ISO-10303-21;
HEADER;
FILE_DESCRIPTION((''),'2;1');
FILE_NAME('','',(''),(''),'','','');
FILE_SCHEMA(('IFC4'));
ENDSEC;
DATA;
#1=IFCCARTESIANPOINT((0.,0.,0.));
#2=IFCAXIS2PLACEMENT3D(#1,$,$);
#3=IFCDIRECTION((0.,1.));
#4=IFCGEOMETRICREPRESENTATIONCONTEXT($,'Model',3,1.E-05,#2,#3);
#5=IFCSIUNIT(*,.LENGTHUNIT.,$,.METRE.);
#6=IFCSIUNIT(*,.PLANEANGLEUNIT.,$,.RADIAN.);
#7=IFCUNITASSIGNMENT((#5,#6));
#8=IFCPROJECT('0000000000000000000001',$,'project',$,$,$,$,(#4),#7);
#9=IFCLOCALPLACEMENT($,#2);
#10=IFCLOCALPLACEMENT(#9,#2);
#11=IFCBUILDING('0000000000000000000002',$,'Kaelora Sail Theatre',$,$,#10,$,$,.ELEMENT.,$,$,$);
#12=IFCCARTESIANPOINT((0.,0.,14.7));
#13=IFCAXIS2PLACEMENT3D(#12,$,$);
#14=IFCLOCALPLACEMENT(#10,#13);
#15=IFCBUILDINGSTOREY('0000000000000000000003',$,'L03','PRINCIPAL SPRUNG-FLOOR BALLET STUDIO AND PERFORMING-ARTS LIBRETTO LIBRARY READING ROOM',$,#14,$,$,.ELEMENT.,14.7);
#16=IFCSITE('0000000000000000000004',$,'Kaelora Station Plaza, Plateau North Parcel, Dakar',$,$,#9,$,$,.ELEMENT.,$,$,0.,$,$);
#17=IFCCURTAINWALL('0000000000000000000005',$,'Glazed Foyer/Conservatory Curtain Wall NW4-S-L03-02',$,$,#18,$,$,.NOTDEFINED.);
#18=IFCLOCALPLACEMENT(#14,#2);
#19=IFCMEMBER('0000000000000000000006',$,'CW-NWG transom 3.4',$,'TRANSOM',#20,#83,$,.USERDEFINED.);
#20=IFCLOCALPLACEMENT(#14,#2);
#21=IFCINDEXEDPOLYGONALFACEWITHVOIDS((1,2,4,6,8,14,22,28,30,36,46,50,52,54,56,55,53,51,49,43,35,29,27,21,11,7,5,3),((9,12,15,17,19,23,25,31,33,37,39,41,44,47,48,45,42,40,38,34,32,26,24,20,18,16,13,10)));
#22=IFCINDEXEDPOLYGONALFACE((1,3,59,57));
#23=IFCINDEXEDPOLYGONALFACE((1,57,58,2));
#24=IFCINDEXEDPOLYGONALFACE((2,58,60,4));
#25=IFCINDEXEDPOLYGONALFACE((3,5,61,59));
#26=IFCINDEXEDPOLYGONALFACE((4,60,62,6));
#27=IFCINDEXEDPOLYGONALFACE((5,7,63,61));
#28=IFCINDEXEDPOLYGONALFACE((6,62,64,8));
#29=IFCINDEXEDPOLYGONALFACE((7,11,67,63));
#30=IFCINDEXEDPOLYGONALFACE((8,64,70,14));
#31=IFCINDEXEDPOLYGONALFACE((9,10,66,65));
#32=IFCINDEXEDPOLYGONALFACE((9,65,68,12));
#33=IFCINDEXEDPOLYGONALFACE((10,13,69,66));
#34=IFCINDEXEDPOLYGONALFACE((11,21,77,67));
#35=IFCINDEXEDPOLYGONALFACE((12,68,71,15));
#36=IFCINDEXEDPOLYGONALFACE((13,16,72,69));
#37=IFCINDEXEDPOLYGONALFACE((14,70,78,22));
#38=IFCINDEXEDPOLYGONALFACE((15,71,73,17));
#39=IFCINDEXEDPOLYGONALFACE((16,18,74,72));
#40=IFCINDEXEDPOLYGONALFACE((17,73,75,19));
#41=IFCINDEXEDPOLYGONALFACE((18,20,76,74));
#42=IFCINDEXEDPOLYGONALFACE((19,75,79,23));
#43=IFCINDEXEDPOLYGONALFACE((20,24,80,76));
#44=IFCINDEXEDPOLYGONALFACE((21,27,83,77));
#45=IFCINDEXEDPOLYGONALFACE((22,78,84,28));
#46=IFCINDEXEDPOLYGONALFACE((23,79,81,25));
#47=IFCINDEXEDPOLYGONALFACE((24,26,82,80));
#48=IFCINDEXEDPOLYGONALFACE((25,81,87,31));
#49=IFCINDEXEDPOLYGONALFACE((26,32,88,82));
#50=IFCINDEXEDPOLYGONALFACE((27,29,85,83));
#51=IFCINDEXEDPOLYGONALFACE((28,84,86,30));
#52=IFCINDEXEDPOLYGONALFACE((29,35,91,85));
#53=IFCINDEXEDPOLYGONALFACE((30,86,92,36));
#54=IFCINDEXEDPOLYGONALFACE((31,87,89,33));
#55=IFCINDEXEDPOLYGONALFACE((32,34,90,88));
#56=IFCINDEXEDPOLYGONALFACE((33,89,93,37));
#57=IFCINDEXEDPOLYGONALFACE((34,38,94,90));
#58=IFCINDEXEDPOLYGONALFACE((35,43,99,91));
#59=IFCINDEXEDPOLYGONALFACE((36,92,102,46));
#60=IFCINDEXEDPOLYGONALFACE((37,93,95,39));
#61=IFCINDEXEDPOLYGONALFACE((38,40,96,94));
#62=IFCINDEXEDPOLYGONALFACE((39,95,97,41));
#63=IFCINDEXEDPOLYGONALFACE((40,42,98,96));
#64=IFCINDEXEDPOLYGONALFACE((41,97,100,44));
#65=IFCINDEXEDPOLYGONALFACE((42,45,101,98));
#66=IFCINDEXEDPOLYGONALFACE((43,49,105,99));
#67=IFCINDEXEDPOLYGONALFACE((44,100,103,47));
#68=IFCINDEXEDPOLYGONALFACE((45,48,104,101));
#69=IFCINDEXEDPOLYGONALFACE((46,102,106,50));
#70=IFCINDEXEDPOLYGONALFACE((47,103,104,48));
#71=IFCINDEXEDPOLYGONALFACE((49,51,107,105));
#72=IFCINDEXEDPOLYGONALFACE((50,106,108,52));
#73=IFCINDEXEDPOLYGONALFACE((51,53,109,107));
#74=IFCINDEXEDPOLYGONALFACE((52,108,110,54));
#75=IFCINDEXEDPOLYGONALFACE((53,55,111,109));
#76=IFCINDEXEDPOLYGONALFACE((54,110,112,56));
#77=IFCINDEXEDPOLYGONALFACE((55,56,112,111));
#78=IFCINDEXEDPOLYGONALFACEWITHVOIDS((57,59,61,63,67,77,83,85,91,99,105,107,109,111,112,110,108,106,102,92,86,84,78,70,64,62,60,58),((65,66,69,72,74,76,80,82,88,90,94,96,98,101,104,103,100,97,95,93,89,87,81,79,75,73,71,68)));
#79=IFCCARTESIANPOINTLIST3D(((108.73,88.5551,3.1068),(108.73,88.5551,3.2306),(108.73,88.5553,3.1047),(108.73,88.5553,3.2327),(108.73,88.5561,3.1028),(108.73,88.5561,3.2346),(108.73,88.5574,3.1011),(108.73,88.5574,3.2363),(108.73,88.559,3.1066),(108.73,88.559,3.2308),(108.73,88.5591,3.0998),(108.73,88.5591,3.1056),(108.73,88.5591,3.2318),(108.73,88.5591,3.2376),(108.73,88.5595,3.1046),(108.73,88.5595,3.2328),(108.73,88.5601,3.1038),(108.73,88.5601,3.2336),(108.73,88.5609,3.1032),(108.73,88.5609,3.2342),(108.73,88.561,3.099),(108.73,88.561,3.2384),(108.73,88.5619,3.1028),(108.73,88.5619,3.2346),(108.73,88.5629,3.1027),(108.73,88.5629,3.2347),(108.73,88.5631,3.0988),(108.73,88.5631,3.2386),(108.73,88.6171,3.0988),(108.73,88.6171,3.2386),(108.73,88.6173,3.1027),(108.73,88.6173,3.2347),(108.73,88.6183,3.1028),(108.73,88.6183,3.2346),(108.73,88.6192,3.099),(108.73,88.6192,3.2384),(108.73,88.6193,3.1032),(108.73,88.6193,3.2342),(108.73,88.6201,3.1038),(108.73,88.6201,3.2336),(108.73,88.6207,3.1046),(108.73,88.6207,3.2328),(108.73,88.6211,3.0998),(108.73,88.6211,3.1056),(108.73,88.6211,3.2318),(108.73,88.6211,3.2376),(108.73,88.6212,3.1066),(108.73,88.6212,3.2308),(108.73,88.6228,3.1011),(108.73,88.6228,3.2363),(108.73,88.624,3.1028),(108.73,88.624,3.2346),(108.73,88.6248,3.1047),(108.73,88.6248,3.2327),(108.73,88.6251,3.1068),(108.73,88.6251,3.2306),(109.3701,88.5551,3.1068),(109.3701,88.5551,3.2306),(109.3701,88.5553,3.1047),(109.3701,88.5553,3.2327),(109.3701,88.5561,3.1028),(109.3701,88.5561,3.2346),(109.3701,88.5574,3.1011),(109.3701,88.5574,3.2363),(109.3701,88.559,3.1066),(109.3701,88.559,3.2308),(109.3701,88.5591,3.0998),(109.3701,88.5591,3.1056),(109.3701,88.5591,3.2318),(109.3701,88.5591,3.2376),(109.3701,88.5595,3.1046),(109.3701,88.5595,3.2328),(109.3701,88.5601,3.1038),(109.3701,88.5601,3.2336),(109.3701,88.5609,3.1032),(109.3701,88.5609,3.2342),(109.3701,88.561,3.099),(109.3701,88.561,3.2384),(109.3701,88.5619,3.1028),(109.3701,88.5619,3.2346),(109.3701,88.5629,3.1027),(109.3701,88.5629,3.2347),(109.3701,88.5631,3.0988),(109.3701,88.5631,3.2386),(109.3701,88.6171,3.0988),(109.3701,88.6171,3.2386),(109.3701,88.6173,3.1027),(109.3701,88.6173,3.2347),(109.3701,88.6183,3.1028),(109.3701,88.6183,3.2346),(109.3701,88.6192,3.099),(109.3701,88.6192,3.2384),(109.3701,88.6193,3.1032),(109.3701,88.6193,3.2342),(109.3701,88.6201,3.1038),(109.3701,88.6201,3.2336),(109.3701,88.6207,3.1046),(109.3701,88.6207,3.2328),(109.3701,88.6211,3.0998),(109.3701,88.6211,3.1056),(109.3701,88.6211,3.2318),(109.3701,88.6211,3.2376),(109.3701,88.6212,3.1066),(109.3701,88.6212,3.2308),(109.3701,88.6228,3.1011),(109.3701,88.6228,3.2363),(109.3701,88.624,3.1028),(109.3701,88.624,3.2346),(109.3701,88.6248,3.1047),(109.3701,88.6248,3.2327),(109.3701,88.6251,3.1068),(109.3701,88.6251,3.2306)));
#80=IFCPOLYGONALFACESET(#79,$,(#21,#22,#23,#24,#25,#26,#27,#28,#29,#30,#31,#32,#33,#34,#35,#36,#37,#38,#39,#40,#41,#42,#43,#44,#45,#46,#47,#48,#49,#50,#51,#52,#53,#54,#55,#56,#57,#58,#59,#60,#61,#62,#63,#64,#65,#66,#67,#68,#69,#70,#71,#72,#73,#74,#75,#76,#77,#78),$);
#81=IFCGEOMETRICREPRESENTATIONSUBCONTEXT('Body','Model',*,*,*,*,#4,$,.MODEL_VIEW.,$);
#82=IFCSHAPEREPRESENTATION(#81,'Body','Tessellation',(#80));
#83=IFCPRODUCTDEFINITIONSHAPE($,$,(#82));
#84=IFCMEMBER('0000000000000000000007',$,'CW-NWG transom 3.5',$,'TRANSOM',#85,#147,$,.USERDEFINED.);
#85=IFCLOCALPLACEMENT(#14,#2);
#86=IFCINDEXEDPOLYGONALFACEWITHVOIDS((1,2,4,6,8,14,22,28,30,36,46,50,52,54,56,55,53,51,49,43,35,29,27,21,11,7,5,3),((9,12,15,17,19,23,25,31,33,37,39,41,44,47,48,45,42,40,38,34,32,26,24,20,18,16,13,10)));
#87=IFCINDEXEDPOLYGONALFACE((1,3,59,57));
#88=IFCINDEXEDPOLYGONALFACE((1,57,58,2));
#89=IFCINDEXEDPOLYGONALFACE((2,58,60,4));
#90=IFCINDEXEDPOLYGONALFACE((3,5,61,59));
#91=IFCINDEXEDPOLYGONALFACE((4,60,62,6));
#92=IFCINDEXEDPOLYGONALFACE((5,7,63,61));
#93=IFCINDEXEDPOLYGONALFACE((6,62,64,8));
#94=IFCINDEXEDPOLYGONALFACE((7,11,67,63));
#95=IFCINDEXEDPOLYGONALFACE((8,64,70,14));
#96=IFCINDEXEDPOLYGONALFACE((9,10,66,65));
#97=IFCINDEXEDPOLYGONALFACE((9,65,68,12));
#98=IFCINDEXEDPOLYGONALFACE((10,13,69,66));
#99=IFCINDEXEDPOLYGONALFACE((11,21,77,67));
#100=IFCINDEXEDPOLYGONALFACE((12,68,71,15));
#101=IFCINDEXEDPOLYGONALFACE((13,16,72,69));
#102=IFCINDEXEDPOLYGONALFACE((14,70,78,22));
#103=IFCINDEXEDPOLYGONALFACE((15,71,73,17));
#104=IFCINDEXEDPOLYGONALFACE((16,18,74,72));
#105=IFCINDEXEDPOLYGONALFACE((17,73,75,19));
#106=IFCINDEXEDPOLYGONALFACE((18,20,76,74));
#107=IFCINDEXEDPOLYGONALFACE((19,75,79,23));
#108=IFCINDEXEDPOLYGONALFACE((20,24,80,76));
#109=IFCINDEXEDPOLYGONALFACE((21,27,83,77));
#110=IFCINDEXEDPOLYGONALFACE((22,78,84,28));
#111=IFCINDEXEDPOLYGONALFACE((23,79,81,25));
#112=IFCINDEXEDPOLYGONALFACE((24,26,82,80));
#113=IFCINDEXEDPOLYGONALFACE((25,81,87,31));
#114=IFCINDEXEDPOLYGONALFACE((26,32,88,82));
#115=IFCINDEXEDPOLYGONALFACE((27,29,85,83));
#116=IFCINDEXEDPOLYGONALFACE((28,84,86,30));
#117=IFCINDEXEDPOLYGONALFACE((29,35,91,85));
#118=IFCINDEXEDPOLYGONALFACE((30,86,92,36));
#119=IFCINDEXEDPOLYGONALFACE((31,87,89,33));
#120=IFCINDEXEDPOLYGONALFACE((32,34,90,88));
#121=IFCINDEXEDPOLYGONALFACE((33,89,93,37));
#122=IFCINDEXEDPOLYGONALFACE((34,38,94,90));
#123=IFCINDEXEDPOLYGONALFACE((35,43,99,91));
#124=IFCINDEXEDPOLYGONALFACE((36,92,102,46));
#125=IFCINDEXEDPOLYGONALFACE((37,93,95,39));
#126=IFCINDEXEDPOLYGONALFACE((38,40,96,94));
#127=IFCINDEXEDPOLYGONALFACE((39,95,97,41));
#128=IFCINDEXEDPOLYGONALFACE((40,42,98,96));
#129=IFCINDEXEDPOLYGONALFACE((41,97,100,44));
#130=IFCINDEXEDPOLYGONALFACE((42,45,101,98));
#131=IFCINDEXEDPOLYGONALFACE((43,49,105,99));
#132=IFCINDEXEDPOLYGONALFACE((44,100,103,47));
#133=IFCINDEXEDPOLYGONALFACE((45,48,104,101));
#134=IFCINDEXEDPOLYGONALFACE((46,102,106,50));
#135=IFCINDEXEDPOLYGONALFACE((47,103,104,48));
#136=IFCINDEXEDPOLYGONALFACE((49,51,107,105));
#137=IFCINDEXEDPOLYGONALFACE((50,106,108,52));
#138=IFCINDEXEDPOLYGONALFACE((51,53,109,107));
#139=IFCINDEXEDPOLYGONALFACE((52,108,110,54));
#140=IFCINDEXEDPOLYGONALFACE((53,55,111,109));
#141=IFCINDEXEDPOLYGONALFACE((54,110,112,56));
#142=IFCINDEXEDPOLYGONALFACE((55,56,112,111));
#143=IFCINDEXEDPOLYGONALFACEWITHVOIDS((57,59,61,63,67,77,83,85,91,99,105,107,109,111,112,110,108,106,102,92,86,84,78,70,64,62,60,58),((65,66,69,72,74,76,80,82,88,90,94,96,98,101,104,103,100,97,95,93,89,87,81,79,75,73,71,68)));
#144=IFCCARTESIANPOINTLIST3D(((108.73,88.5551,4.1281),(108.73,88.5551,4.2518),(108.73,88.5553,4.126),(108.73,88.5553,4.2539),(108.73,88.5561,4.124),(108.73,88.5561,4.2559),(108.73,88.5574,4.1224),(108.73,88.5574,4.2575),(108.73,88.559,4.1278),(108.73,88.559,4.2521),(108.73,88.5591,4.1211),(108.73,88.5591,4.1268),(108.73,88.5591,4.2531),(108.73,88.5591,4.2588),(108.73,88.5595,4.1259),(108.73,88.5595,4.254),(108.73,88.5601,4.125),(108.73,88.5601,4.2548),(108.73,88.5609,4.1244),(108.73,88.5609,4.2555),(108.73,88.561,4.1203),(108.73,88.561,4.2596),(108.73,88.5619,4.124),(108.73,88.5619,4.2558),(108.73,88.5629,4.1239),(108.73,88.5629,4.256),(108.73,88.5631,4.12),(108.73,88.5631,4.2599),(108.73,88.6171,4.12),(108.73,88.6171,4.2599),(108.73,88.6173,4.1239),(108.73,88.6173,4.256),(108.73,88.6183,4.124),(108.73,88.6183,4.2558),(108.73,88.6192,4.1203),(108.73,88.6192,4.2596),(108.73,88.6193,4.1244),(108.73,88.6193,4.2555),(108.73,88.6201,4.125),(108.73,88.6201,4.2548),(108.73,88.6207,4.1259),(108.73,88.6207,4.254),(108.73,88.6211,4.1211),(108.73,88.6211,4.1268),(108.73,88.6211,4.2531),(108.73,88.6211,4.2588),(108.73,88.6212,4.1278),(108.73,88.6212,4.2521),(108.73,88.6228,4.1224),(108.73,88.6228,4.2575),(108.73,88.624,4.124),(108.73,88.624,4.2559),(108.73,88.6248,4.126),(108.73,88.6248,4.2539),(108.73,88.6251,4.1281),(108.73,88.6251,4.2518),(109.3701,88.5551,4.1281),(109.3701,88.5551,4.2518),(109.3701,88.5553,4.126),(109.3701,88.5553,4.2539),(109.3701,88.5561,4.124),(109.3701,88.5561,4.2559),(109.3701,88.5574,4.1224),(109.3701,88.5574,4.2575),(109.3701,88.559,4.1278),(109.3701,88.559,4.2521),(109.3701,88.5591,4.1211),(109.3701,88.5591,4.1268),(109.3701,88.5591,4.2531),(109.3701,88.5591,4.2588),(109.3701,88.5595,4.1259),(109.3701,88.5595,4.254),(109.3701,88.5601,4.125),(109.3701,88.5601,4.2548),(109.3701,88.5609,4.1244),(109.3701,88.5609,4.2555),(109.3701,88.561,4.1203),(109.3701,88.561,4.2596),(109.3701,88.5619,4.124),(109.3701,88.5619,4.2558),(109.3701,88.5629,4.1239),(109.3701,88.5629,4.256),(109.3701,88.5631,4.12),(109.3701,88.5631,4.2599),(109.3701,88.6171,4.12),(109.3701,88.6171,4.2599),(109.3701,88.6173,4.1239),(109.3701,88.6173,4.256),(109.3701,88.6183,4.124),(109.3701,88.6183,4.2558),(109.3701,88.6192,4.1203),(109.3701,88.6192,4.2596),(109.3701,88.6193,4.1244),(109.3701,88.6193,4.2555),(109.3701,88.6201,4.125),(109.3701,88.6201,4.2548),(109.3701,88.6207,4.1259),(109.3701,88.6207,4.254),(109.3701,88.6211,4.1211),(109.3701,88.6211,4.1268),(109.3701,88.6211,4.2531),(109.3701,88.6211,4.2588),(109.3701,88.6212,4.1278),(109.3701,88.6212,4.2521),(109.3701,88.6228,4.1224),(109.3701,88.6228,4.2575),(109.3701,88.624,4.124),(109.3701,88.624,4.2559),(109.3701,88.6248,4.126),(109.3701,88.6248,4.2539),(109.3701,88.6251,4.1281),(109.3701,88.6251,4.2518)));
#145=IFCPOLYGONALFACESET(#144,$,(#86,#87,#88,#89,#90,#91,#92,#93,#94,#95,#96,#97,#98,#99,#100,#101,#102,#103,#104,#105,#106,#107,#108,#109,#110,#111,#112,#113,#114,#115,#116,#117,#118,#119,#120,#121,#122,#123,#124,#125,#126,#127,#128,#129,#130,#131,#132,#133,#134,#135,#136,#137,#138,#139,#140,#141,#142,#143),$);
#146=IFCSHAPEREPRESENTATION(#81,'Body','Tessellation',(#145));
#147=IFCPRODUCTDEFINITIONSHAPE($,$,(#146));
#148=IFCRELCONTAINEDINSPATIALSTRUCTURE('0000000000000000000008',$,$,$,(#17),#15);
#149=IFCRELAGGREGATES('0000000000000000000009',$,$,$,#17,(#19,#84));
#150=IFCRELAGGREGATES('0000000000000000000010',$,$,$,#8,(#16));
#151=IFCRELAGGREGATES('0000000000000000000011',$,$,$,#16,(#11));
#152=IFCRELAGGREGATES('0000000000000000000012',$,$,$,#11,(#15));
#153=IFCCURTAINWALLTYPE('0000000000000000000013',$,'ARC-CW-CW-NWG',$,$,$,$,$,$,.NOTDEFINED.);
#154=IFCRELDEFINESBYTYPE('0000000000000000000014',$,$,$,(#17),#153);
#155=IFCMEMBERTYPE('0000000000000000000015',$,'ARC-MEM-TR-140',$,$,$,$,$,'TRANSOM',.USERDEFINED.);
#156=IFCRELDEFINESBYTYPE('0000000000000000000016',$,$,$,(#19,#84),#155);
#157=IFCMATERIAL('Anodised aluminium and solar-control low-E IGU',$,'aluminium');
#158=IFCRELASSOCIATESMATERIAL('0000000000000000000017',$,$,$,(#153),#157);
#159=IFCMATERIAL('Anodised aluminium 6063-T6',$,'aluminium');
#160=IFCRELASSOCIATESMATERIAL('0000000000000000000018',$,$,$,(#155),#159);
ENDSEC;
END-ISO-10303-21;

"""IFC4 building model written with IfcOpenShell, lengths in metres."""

from ifc_helpers import new_model, si_unit, direction, frame, origin, origin_2d, place, context, subcontext, project, spatial, hollow_rectangle, extrude, material, material_profile, profile_set, type_object, element, aggregate, save


model = new_model("IFC4")

# Units and contexts
model_context = context("Model", 3, precision=1e-05, world=origin(), true_north=direction((0.0, 1.0)))
body_context = subcontext(model_context, "Body", "Model", "MODEL_VIEW")
ifc_project = project(units=[si_unit("LENGTHUNIT", "METRE"), si_unit("PLANEANGLEUNIT", "RADIAN")], contexts=[model_context])

# Site, building, storey
site_placement = place(None, origin())
site = spatial("IfcSite", under=ifc_project, at=site_placement, Name="Kaelora Station Plaza, Plateau North Parcel, Dakar", CompositionType="ELEMENT", RefElevation=0.0)
building_placement = place(site_placement, origin())
building = spatial("IfcBuilding", under=site, at=building_placement, Name="Kaelora Sail Theatre", CompositionType="ELEMENT")
storey_placement = place(building_placement, frame((0.0, 0.0, 14.7)))
storey = spatial("IfcBuildingStorey", under=building, at=storey_placement, Name="L03", Description="PRINCIPAL SPRUNG-FLOOR BALLET STUDIO AND PERFORMING-ARTS LIBRETTO LIBRARY READING ROOM", CompositionType="ELEMENT", Elevation=14.7)

# Curtain wall, members
ifc_material_1 = material(Name="Anodised aluminium and solar-control low-E IGU", Category="aluminium")
curtain_wall_type = type_object("IfcCurtainWallType", Name="ARC-CW-CW-NWG", PredefinedType="NOTDEFINED", material=ifc_material_1)
curtain_wall_placement = place(storey_placement, origin())
curtain_wall = element("IfcCurtainWall", 1, at=curtain_wall_placement, inside=storey, type_object=curtain_wall_type, Name="Glazed Foyer/Conservatory Curtain Wall NW4-S-L03-02", PredefinedType="NOTDEFINED")
ifc_material_2 = material(Name="Anodised aluminium 6063-T6", Category="aluminium")
ifc_material_profile_1 = material_profile(ifc_material_2, hollow_rectangle(XDim=0.0701, YDim=0.1399, WallThickness=0.0039, InnerFilletRadius=0.0039, OuterFilletRadius=0.0081, at=origin_2d()), Name="ALU-TRAN 70x140x4")
ifc_profile_set_1 = profile_set([ifc_material_profile_1], Name="Anodised aluminium 6063-T6")
member_type_1 = type_object("IfcMemberType", Name="ARC-MEM-TR-140", ElementType="TRANSOM", PredefinedType="USERDEFINED", material=ifc_profile_set_1)
member_1_placement = place(storey_placement, frame((108.73, 88.5901, 3.1687), z_axis=(1.0, 0.0, 0.0), x_axis=(0.0, 1.0, 0.0)))
member_1 = element("IfcMember", 2, at=member_1_placement, type_object=member_type_1, Name="CW-NWG transom 3.4", ObjectType="TRANSOM", PredefinedType="USERDEFINED", context=body_context, shape_type="SweptSolid", body=[
    extrude(hollow_rectangle(XDim=0.0701, YDim=0.1399, WallThickness=0.0039, InnerFilletRadius=0.0039, OuterFilletRadius=0.0081, at=origin_2d()), origin(), (0.0, 0.0, 1.0), 0.6401),
])
member_2_placement = place(storey_placement, frame((108.73, 88.5901, 4.1899), z_axis=(1.0, 0.0, 0.0), x_axis=(0.0, 1.0, 0.0)))
member_2 = element("IfcMember", 3, at=member_2_placement, type_object=member_type_1, Name="CW-NWG transom 3.5", ObjectType="TRANSOM", PredefinedType="USERDEFINED", context=body_context, shape_type="SweptSolid", body=[
    extrude(hollow_rectangle(XDim=0.0701, YDim=0.1399, WallThickness=0.0039, InnerFilletRadius=0.0039, OuterFilletRadius=0.0081, at=origin_2d()), origin(), (0.0, 0.0, 1.0), 0.6401),
])
aggregate(curtain_wall, [member_1, member_2])

save(model, "model.ifc")
